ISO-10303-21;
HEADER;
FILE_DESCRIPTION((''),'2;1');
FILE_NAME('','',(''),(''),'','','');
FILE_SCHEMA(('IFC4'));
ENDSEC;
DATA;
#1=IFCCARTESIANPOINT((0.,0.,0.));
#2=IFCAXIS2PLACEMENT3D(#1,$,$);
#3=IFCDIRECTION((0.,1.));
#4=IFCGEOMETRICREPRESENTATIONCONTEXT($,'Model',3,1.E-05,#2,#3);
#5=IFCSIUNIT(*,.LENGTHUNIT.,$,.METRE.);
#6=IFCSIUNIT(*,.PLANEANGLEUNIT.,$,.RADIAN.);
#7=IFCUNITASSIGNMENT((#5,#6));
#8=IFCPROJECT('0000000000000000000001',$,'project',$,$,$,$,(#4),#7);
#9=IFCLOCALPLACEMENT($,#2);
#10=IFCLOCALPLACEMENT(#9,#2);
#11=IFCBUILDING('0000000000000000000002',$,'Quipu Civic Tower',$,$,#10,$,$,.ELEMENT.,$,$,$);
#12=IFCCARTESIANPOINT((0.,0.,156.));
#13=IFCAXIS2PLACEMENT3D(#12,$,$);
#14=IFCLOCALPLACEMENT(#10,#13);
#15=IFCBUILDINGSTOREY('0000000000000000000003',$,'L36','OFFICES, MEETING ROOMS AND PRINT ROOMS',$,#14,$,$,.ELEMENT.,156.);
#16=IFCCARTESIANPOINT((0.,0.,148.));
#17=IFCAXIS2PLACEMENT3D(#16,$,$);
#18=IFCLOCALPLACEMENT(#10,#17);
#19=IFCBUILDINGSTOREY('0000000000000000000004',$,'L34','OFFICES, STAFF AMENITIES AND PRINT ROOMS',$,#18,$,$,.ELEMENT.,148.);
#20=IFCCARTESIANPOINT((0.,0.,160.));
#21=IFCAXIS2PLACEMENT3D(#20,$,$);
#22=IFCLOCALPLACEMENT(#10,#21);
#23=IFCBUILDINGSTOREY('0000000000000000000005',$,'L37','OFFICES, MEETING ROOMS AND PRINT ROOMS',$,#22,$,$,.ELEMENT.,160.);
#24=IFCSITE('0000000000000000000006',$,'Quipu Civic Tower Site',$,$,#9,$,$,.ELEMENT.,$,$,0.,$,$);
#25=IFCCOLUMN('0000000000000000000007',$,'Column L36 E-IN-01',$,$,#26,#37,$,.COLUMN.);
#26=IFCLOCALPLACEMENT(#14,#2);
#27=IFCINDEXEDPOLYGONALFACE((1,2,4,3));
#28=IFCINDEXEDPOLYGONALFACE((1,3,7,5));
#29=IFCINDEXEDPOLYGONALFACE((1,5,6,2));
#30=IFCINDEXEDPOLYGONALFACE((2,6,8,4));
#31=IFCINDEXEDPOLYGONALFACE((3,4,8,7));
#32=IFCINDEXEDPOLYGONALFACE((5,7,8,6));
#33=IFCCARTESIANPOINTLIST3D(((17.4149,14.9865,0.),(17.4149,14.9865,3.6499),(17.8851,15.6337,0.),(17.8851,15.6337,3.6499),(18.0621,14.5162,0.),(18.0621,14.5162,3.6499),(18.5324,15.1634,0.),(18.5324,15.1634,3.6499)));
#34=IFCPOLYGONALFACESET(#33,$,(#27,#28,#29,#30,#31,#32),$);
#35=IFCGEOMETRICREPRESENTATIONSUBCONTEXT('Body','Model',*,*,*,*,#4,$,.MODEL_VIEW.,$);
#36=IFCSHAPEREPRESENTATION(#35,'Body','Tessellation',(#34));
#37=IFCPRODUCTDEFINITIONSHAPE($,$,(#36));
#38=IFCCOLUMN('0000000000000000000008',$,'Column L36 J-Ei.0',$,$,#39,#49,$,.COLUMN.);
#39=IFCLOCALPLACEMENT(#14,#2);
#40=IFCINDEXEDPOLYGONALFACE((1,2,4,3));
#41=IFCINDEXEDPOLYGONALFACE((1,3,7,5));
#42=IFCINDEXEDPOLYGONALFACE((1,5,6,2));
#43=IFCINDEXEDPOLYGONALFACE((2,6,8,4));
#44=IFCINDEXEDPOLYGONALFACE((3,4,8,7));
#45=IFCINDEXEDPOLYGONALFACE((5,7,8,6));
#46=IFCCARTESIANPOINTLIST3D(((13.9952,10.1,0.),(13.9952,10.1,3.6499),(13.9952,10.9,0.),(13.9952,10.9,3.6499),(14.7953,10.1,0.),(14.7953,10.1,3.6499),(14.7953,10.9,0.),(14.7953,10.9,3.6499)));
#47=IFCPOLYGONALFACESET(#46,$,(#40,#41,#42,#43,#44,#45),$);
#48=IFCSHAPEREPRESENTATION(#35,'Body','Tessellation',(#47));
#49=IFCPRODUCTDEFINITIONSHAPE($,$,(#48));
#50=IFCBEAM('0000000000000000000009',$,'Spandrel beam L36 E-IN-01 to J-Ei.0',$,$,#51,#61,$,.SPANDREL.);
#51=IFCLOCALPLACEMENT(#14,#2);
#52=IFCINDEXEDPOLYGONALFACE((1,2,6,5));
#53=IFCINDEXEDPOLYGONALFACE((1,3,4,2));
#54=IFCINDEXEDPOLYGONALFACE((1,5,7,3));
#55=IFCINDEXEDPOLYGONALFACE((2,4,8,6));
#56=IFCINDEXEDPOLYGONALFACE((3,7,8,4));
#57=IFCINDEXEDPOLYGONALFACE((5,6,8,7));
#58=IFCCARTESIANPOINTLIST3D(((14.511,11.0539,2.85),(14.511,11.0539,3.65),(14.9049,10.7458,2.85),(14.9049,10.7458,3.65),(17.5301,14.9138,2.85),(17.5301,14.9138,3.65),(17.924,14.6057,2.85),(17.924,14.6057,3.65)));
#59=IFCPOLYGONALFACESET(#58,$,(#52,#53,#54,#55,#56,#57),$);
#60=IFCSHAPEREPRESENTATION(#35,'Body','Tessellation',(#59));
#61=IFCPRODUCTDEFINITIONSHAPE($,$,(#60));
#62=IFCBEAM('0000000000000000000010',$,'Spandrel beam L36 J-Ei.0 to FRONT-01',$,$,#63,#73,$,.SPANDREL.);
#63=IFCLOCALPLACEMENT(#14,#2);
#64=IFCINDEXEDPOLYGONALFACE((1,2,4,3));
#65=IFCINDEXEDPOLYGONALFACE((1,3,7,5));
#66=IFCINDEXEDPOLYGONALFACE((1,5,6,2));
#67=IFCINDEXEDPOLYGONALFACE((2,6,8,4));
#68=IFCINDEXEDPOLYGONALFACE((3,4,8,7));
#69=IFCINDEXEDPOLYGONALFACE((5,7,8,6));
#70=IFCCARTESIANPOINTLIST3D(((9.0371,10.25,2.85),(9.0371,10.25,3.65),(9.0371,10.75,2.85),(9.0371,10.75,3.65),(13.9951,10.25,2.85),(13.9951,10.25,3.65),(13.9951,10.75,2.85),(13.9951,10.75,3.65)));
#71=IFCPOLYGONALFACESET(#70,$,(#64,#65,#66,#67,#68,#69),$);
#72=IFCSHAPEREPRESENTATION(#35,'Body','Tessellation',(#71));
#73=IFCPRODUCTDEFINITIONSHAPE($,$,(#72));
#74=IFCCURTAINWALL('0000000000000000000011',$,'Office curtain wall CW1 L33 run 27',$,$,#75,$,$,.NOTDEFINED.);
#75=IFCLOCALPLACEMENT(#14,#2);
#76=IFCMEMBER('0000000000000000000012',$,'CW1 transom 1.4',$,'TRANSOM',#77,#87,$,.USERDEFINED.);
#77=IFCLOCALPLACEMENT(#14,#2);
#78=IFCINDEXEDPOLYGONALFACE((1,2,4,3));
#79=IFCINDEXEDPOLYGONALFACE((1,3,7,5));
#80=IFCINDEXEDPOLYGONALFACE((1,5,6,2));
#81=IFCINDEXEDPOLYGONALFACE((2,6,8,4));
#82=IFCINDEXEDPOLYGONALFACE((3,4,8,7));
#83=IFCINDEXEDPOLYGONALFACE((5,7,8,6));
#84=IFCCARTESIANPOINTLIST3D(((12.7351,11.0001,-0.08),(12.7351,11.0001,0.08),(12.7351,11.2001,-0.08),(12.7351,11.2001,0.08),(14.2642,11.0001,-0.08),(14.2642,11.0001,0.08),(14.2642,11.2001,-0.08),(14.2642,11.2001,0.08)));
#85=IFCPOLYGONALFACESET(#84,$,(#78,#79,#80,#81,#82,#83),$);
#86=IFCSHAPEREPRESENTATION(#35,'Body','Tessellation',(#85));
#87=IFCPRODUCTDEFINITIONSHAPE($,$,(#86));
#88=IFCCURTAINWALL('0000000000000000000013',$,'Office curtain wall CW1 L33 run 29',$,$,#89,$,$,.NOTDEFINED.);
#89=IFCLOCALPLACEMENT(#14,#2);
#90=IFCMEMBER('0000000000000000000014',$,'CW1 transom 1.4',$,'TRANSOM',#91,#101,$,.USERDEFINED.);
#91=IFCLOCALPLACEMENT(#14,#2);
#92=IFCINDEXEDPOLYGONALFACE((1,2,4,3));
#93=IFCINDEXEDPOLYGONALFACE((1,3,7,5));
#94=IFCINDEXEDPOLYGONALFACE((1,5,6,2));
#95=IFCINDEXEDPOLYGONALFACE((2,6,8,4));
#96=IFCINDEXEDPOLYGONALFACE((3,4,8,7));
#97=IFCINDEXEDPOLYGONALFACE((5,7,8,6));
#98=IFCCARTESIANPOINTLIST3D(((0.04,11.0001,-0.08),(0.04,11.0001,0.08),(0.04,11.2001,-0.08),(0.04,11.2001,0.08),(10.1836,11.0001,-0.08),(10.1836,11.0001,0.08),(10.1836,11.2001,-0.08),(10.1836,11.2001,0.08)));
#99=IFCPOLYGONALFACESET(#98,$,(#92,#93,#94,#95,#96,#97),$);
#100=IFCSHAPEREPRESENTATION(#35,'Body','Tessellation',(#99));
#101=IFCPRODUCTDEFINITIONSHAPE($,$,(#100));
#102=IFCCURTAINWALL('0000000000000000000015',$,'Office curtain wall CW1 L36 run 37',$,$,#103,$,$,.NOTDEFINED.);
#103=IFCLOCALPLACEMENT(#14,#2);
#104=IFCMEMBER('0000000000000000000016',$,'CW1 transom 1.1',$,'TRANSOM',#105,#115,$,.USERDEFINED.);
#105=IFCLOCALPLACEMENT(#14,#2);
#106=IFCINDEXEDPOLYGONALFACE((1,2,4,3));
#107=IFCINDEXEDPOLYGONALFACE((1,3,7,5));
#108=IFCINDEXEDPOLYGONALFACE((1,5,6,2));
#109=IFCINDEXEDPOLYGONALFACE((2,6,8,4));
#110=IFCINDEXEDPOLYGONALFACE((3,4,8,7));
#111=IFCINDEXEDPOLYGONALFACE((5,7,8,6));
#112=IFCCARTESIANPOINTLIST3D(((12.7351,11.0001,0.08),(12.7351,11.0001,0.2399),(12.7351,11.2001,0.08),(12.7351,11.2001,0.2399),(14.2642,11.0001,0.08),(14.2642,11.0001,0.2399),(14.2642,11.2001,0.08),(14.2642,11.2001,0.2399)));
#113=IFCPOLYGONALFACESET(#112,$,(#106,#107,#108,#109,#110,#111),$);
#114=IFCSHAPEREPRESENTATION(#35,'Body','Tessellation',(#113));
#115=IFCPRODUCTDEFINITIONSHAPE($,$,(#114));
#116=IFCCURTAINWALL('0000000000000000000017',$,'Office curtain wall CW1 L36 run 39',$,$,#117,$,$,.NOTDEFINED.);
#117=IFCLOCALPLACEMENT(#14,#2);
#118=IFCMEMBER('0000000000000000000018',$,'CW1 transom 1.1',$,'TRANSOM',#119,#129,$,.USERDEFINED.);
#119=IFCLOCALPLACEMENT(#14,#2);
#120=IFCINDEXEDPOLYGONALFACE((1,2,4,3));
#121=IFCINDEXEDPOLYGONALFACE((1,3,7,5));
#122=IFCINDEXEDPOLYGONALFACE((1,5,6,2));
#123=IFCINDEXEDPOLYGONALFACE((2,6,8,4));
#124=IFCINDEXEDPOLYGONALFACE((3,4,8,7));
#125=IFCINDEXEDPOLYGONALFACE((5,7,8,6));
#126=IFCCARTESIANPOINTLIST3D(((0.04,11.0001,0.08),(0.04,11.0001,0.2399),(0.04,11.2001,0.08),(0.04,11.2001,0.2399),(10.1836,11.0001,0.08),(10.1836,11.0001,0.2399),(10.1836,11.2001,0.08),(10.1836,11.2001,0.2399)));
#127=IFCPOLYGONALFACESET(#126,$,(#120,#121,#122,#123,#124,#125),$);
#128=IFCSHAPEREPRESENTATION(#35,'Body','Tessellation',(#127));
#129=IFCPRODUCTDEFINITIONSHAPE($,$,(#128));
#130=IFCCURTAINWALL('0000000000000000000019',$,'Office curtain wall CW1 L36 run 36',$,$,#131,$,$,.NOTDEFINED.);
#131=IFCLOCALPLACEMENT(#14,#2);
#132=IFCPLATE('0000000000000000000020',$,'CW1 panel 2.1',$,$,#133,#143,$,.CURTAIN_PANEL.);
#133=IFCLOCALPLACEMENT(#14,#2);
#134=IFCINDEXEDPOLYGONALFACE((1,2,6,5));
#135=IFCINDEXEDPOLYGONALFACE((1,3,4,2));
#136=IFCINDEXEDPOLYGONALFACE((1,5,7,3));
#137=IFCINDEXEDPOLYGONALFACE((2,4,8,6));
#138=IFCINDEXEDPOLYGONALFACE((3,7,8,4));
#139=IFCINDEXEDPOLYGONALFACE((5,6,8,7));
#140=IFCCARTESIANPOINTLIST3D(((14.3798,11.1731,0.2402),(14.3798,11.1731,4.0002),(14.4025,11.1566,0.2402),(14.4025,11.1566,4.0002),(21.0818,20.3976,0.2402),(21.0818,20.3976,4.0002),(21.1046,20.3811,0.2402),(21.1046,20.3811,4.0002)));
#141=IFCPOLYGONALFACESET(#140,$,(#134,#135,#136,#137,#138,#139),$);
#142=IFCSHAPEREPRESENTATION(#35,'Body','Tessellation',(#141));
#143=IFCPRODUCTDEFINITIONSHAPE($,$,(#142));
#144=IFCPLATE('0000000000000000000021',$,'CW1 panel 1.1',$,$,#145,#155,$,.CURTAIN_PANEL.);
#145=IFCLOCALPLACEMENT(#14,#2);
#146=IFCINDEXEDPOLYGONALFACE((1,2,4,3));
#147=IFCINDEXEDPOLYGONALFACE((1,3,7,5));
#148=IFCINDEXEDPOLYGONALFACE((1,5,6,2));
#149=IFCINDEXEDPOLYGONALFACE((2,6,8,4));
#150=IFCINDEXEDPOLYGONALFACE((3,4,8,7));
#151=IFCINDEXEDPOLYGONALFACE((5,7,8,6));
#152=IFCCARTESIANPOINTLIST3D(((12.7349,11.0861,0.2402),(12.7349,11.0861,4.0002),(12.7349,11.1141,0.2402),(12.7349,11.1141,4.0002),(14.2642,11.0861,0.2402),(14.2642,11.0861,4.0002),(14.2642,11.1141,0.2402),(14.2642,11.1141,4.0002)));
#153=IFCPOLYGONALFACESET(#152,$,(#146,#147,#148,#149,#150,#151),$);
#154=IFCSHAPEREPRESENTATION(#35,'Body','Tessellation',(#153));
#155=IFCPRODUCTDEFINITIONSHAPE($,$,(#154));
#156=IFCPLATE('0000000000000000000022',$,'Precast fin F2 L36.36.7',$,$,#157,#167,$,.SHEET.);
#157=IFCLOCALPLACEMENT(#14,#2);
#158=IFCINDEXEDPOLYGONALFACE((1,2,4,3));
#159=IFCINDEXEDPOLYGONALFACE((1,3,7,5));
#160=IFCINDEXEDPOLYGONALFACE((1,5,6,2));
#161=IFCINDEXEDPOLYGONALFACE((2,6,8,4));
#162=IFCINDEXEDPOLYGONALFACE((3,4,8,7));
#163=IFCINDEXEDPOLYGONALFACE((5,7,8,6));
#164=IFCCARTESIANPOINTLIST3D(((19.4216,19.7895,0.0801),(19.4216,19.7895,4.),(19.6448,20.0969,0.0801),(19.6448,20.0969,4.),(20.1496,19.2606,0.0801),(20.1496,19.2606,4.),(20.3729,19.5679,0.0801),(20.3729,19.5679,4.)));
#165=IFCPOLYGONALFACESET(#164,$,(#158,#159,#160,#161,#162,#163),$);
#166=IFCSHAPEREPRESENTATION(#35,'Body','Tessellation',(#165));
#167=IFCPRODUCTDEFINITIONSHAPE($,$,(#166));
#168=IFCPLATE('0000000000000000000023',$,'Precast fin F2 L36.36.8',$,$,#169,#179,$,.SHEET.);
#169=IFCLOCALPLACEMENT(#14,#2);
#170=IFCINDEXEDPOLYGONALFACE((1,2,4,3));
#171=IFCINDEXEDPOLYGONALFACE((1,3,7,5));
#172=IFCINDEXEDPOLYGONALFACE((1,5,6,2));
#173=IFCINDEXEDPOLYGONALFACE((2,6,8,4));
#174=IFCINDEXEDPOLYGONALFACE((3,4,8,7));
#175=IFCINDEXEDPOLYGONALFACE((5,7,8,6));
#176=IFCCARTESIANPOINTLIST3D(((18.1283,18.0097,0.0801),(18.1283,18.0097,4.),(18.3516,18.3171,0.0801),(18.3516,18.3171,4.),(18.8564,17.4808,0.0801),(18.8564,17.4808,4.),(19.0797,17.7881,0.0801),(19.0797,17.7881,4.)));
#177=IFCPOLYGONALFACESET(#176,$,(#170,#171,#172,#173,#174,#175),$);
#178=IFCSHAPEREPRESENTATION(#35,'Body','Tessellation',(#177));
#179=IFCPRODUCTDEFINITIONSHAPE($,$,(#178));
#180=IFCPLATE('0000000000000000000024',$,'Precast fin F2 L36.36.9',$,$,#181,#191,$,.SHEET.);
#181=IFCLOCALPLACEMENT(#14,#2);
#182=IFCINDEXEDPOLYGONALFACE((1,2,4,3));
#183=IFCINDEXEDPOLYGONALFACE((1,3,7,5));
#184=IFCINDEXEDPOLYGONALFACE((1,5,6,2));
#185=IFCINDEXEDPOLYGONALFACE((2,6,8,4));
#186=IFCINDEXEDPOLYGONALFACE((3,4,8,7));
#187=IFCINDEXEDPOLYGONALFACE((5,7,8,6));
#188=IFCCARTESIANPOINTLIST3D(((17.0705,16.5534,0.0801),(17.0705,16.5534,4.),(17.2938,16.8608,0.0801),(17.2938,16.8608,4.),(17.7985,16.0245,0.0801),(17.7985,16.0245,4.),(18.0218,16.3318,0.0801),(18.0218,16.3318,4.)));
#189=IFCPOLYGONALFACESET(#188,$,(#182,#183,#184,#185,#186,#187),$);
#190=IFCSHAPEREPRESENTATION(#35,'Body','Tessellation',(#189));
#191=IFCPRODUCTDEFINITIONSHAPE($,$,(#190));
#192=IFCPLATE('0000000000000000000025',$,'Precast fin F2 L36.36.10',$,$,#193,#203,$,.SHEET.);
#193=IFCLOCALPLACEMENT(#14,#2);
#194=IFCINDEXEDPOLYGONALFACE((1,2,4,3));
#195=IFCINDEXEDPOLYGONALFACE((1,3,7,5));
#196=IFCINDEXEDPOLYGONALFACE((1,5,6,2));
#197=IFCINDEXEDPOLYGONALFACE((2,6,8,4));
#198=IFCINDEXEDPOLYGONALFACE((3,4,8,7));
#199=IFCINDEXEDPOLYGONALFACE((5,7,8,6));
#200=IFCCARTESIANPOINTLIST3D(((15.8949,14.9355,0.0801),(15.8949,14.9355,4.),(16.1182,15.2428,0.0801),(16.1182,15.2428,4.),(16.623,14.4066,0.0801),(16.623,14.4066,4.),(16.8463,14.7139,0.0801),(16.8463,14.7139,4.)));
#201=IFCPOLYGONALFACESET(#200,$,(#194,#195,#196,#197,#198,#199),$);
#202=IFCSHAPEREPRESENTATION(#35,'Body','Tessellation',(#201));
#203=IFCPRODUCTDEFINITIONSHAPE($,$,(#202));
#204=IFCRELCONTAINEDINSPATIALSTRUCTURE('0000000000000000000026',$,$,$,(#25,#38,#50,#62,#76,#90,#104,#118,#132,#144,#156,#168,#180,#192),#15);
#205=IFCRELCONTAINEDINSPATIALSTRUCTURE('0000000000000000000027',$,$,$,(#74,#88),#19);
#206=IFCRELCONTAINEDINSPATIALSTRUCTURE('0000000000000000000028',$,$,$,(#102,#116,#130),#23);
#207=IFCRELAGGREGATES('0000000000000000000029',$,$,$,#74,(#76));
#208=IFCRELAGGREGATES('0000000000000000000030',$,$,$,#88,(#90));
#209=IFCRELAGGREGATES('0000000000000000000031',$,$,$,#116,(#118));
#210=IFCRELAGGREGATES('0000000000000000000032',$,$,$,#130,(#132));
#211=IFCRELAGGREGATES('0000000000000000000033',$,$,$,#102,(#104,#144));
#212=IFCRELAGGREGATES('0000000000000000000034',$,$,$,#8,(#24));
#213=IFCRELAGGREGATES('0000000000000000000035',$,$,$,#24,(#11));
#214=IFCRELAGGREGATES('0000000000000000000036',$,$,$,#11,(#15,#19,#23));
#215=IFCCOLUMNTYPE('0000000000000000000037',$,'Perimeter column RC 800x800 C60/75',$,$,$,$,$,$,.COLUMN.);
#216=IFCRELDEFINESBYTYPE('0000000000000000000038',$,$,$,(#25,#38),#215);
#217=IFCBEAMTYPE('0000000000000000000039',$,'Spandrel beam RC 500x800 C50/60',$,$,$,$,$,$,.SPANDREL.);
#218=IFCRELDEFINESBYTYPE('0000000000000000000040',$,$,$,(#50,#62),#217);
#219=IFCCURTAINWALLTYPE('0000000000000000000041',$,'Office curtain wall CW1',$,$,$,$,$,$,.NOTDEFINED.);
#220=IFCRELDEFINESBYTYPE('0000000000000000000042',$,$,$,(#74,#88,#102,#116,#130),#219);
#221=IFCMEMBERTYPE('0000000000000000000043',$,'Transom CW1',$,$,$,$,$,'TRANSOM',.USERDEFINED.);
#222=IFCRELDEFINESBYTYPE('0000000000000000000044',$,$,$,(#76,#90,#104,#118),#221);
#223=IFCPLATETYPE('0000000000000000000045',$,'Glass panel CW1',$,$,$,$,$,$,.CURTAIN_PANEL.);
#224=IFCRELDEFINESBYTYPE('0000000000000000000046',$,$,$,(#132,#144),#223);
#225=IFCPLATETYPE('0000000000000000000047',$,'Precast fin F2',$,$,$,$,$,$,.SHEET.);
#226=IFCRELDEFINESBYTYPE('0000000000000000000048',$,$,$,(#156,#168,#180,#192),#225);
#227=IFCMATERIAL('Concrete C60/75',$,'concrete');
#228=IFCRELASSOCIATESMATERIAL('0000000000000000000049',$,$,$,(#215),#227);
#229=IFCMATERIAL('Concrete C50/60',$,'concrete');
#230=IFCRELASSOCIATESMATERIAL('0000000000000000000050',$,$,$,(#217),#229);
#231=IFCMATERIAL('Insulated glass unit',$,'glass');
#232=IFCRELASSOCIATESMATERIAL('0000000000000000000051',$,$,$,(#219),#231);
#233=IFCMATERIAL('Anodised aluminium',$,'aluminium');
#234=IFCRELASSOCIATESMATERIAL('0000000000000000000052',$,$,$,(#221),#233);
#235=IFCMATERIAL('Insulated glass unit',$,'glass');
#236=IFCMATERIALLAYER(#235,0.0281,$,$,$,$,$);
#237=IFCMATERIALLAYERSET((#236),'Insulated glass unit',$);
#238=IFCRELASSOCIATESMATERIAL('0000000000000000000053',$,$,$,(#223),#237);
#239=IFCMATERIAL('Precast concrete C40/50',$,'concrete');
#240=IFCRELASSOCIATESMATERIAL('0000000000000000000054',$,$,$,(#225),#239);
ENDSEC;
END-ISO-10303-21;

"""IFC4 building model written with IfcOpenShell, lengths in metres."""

from ifc_helpers import new_model, si_unit, direction, frame, origin, origin_2d, place, context, subcontext, project, spatial, rectangle, extrude, material, layer, layer_set, material_profile, profile_set, type_object, element, aggregate, save


model = new_model("IFC4")

# Units and contexts
model_context = context("Model", 3, precision=1e-05, world=origin(), true_north=direction((0.0, 1.0)))
body_context = subcontext(model_context, "Body", "Model", "MODEL_VIEW")
ifc_project = project(units=[si_unit("LENGTHUNIT", "METRE"), si_unit("PLANEANGLEUNIT", "RADIAN")], contexts=[model_context])

# Site, building, storey
site_placement = place(None, origin())
site = spatial("IfcSite", under=ifc_project, at=site_placement, Name="Quipu Civic Tower Site", CompositionType="ELEMENT", RefElevation=0.0)
building_placement = place(site_placement, origin())
building = spatial("IfcBuilding", under=site, at=building_placement, Name="Quipu Civic Tower", CompositionType="ELEMENT")
storey_1_placement = place(building_placement, frame((0.0, 0.0, 156.0)))
storey_1 = spatial("IfcBuildingStorey", under=building, at=storey_1_placement, Name="L36", Description="OFFICES, MEETING ROOMS AND PRINT ROOMS", CompositionType="ELEMENT", Elevation=156.0)

# Columns
ifc_material_1 = material(Name="Concrete C60/75", Category="concrete")
ifc_material_profile_1 = material_profile(ifc_material_1, rectangle(XDim=0.8, YDim=0.8, at=origin_2d()), Name="RC800x800")
ifc_profile_set_1 = profile_set([ifc_material_profile_1], Name="Concrete C60/75")
column_type = type_object("IfcColumnType", Name="Perimeter column RC 800x800 C60/75", PredefinedType="COLUMN", material=ifc_profile_set_1)
for number, where, z_axis, x_axis, name in (
    (1, (17.9736, 15.075, 0.0), (0.0, 0.0, 1.0), (-0.587785, -0.809017, 0.0), "Column L36 E-IN-01"),
    (2, (14.3953, 10.5, 0.0), (0.0, 0.0, 1.0), (-1.0, 0.0, 0.0), "Column L36 J-Ei.0"),
):
    element("IfcColumn", number, at=place(storey_1_placement, frame(where, z_axis=z_axis, x_axis=x_axis)), inside=storey_1, type_object=column_type, Name=name, PredefinedType="COLUMN", context=body_context, shape_type="SweptSolid", body=[
        extrude(rectangle(XDim=0.8, YDim=0.8, at=origin_2d()), origin(), (0.0, 0.0, 1.0), 3.6499),
    ])

# Beams
ifc_material_2 = material(Name="Concrete C50/60", Category="concrete")
ifc_material_profile_2 = material_profile(ifc_material_2, rectangle(XDim=0.5, YDim=0.8, at=origin_2d()), Name="RC500x800")
ifc_profile_set_2 = profile_set([ifc_material_profile_2], Name="Concrete C50/60")
beam_type = type_object("IfcBeamType", Name="Spandrel beam RC 500x800 C50/60", PredefinedType="SPANDREL", material=ifc_profile_set_2)
beam_1_placement = place(storey_1_placement, frame((17.7271, 14.7598, 3.25), z_axis=(-0.616091, -0.787675, 0.0), x_axis=(0.787675, -0.616091, 0.0)))
element("IfcBeam", 3, at=beam_1_placement, inside=storey_1, type_object=beam_type, Name="Spandrel beam L36 E-IN-01 to J-Ei.0", PredefinedType="SPANDREL", context=body_context, shape_type="SweptSolid", body=[
    extrude(rectangle(XDim=0.5, YDim=0.8, at=origin_2d()), origin(), (0.0, 0.0, 1.0), 4.9004),
])
beam_2_placement = place(storey_1_placement, frame((13.9951, 10.5, 3.25), z_axis=(-1.0, 0.0, 0.0), x_axis=(0.0, -1.0, 0.0)))
element("IfcBeam", 4, at=beam_2_placement, inside=storey_1, type_object=beam_type, Name="Spandrel beam L36 J-Ei.0 to FRONT-01", PredefinedType="SPANDREL", context=body_context, shape_type="SweptSolid", body=[
    extrude(rectangle(XDim=0.5, YDim=0.8, at=origin_2d()), origin(), (0.0, 0.0, 1.0), 4.958),
])

# Shared definitions
storey_2_placement = place(building_placement, frame((0.0, 0.0, 148.0)))
storey_2 = spatial("IfcBuildingStorey", under=building, at=storey_2_placement, Name="L34", Description="OFFICES, STAFF AMENITIES AND PRINT ROOMS", CompositionType="ELEMENT", Elevation=148.0)

# Curtain walls, members
ifc_material_3 = material(Name="Insulated glass unit", Category="glass")
curtain_wall_type = type_object("IfcCurtainWallType", Name="Office curtain wall CW1", PredefinedType="NOTDEFINED", material=ifc_material_3)
curtain_wall_1_placement = place(storey_2_placement, origin())
curtain_wall_1 = element("IfcCurtainWall", 5, at=curtain_wall_1_placement, inside=storey_2, type_object=curtain_wall_type, Name="Office curtain wall CW1 L33 run 27", PredefinedType="NOTDEFINED")
ifc_material_4 = material(Name="Anodised aluminium", Category="aluminium")
ifc_material_profile_3 = material_profile(ifc_material_4, rectangle(XDim=0.2, YDim=0.1599, at=origin_2d()), Name="RECT 200x160")
ifc_profile_set_3 = profile_set([ifc_material_profile_3], Name="Anodised aluminium")
member_type = type_object("IfcMemberType", Name="Transom CW1", ElementType="TRANSOM", PredefinedType="USERDEFINED", material=ifc_profile_set_3)
member_1_placement = place(storey_1_placement, frame((14.2642, 11.1001, 0.0), z_axis=(-1.0, 0.0, 0.0), x_axis=(0.0, -1.0, 0.0)))
member_1 = element("IfcMember", 6, at=member_1_placement, inside=storey_1, type_object=member_type, Name="CW1 transom 1.4", ObjectType="TRANSOM", PredefinedType="USERDEFINED", context=body_context, shape_type="SweptSolid", body=[
    extrude(rectangle(XDim=0.2, YDim=0.1599, at=origin_2d()), origin(), (0.0, 0.0, 1.0), 1.5291),
])
aggregate(curtain_wall_1, [member_1])
curtain_wall_2_placement = place(storey_2_placement, origin())
curtain_wall_2 = element("IfcCurtainWall", 7, at=curtain_wall_2_placement, inside=storey_2, type_object=curtain_wall_type, Name="Office curtain wall CW1 L33 run 29", PredefinedType="NOTDEFINED")
member_2_placement = place(storey_1_placement, frame((10.1836, 11.1001, 0.0), z_axis=(-1.0, 0.0, 0.0), x_axis=(0.0, -1.0, 0.0)))
member_2 = element("IfcMember", 8, at=member_2_placement, inside=storey_1, type_object=member_type, Name="CW1 transom 1.4", ObjectType="TRANSOM", PredefinedType="USERDEFINED", context=body_context, shape_type="SweptSolid", body=[
    extrude(rectangle(XDim=0.2, YDim=0.1599, at=origin_2d()), origin(), (0.0, 0.0, 1.0), 10.1436),
])
aggregate(curtain_wall_2, [member_2])

# Shared definitions
storey_3_placement = place(building_placement, frame((0.0, 0.0, 160.0)))
storey_3 = spatial("IfcBuildingStorey", under=building, at=storey_3_placement, Name="L37", Description="OFFICES, MEETING ROOMS AND PRINT ROOMS", CompositionType="ELEMENT", Elevation=160.0)

# Curtain walls, members
curtain_wall_3_placement = place(storey_3_placement, origin())
curtain_wall_3 = element("IfcCurtainWall", 9, at=curtain_wall_3_placement, inside=storey_3, type_object=curtain_wall_type, Name="Office curtain wall CW1 L36 run 37", PredefinedType="NOTDEFINED")
member_3_placement = place(storey_1_placement, frame((14.2642, 11.1001, 0.1599), z_axis=(-1.0, 0.0, 0.0), x_axis=(0.0, -1.0, 0.0)))
member_3 = element("IfcMember", 10, at=member_3_placement, inside=storey_1, type_object=member_type, Name="CW1 transom 1.1", ObjectType="TRANSOM", PredefinedType="USERDEFINED", context=body_context, shape_type="SweptSolid", body=[
    extrude(rectangle(XDim=0.2, YDim=0.1599, at=origin_2d()), origin(), (0.0, 0.0, 1.0), 1.5291),
])
curtain_wall_4_placement = place(storey_3_placement, origin())
curtain_wall_4 = element("IfcCurtainWall", 11, at=curtain_wall_4_placement, inside=storey_3, type_object=curtain_wall_type, Name="Office curtain wall CW1 L36 run 39", PredefinedType="NOTDEFINED")
member_4_placement = place(storey_1_placement, frame((10.1836, 11.1001, 0.1599), z_axis=(-1.0, 0.0, 0.0), x_axis=(0.0, -1.0, 0.0)))
member_4 = element("IfcMember", 12, at=member_4_placement, inside=storey_1, type_object=member_type, Name="CW1 transom 1.1", ObjectType="TRANSOM", PredefinedType="USERDEFINED", context=body_context, shape_type="SweptSolid", body=[
    extrude(rectangle(XDim=0.2, YDim=0.1599, at=origin_2d()), origin(), (0.0, 0.0, 1.0), 10.1436),
])
aggregate(curtain_wall_4, [member_4])

# Curtain wall, plate
curtain_wall_5_placement = place(storey_3_placement, origin())
curtain_wall_5 = element("IfcCurtainWall", 13, at=curtain_wall_5_placement, inside=storey_3, type_object=curtain_wall_type, Name="Office curtain wall CW1 L36 run 36", PredefinedType="NOTDEFINED")
ifc_material_5 = material(Name="Insulated glass unit", Category="glass")
ifc_layer_1 = layer(ifc_material_5, 0.0281)
ifc_layer_set_1 = layer_set([ifc_layer_1], Name="Insulated glass unit")
plate_type_1 = type_object("IfcPlateType", Name="Glass panel CW1", PredefinedType="CURTAIN_PANEL", material=ifc_layer_set_1)
plate_1_placement = place(storey_1_placement, frame((17.7422, 15.7771, 0.2402), z_axis=(0.0, 0.0, 1.0), x_axis=(-0.587789, -0.809014, 0.0)))
plate_1 = element("IfcPlate", 14, at=plate_1_placement, inside=storey_1, type_object=plate_type_1, Name="CW1 panel 2.1", PredefinedType="CURTAIN_PANEL", context=body_context, shape_type="SweptSolid", body=[
    extrude(rectangle(XDim=11.4021, YDim=0.0281, at=origin_2d()), origin(), (0.0, 0.0, 1.0), 3.76),
])
aggregate(curtain_wall_5, [plate_1])

# Plate
plate_2_placement = place(storey_1_placement, frame((13.4995, 11.1001, 0.2402), z_axis=(0.0, 0.0, 1.0), x_axis=(-1.0, 0.0, 0.0)))
plate_2 = element("IfcPlate", 15, at=plate_2_placement, inside=storey_1, type_object=plate_type_1, Name="CW1 panel 1.1", PredefinedType="CURTAIN_PANEL", context=body_context, shape_type="SweptSolid", body=[
    extrude(rectangle(XDim=1.5293, YDim=0.0281, at=origin_2d()), origin(), (0.0, 0.0, 1.0), 3.76),
])
aggregate(curtain_wall_3, [member_3, plate_2])

# Plates
ifc_material_6 = material(Name="Precast concrete C40/50", Category="concrete")
plate_type_2 = type_object("IfcPlateType", Name="Precast fin F2", PredefinedType="SHEET", material=ifc_material_6)
for number, where, z_axis, x_axis, name in (
    (16, (19.8972, 19.6787, 0.0801), (0.0, 0.0, 1.0), (-0.587787, -0.809016, 0.0), "Precast fin F2 L36.36.7"),
    (17, (18.604, 17.8989, 0.0801), (0.0, 0.0, 1.0), (-0.587787, -0.809016, 0.0), "Precast fin F2 L36.36.8"),
    (18, (17.5461, 16.4426, 0.0801), (0.0, 0.0, 1.0), (-0.587787, -0.809016, 0.0), "Precast fin F2 L36.36.9"),
    (19, (16.3706, 14.8247, 0.0801), (0.0, 0.0, 1.0), (-0.587787, -0.809016, 0.0), "Precast fin F2 L36.36.10"),
):
    element("IfcPlate", number, at=place(storey_1_placement, frame(where, z_axis=z_axis, x_axis=x_axis)), inside=storey_1, type_object=plate_type_2, Name=name, PredefinedType="SHEET", context=body_context, shape_type="SweptSolid", body=[
        extrude(rectangle(XDim=0.3799, YDim=0.8999, at=origin_2d()), origin(), (0.0, 0.0, 1.0), 3.9199),
    ])

save(model, "model.ifc")
